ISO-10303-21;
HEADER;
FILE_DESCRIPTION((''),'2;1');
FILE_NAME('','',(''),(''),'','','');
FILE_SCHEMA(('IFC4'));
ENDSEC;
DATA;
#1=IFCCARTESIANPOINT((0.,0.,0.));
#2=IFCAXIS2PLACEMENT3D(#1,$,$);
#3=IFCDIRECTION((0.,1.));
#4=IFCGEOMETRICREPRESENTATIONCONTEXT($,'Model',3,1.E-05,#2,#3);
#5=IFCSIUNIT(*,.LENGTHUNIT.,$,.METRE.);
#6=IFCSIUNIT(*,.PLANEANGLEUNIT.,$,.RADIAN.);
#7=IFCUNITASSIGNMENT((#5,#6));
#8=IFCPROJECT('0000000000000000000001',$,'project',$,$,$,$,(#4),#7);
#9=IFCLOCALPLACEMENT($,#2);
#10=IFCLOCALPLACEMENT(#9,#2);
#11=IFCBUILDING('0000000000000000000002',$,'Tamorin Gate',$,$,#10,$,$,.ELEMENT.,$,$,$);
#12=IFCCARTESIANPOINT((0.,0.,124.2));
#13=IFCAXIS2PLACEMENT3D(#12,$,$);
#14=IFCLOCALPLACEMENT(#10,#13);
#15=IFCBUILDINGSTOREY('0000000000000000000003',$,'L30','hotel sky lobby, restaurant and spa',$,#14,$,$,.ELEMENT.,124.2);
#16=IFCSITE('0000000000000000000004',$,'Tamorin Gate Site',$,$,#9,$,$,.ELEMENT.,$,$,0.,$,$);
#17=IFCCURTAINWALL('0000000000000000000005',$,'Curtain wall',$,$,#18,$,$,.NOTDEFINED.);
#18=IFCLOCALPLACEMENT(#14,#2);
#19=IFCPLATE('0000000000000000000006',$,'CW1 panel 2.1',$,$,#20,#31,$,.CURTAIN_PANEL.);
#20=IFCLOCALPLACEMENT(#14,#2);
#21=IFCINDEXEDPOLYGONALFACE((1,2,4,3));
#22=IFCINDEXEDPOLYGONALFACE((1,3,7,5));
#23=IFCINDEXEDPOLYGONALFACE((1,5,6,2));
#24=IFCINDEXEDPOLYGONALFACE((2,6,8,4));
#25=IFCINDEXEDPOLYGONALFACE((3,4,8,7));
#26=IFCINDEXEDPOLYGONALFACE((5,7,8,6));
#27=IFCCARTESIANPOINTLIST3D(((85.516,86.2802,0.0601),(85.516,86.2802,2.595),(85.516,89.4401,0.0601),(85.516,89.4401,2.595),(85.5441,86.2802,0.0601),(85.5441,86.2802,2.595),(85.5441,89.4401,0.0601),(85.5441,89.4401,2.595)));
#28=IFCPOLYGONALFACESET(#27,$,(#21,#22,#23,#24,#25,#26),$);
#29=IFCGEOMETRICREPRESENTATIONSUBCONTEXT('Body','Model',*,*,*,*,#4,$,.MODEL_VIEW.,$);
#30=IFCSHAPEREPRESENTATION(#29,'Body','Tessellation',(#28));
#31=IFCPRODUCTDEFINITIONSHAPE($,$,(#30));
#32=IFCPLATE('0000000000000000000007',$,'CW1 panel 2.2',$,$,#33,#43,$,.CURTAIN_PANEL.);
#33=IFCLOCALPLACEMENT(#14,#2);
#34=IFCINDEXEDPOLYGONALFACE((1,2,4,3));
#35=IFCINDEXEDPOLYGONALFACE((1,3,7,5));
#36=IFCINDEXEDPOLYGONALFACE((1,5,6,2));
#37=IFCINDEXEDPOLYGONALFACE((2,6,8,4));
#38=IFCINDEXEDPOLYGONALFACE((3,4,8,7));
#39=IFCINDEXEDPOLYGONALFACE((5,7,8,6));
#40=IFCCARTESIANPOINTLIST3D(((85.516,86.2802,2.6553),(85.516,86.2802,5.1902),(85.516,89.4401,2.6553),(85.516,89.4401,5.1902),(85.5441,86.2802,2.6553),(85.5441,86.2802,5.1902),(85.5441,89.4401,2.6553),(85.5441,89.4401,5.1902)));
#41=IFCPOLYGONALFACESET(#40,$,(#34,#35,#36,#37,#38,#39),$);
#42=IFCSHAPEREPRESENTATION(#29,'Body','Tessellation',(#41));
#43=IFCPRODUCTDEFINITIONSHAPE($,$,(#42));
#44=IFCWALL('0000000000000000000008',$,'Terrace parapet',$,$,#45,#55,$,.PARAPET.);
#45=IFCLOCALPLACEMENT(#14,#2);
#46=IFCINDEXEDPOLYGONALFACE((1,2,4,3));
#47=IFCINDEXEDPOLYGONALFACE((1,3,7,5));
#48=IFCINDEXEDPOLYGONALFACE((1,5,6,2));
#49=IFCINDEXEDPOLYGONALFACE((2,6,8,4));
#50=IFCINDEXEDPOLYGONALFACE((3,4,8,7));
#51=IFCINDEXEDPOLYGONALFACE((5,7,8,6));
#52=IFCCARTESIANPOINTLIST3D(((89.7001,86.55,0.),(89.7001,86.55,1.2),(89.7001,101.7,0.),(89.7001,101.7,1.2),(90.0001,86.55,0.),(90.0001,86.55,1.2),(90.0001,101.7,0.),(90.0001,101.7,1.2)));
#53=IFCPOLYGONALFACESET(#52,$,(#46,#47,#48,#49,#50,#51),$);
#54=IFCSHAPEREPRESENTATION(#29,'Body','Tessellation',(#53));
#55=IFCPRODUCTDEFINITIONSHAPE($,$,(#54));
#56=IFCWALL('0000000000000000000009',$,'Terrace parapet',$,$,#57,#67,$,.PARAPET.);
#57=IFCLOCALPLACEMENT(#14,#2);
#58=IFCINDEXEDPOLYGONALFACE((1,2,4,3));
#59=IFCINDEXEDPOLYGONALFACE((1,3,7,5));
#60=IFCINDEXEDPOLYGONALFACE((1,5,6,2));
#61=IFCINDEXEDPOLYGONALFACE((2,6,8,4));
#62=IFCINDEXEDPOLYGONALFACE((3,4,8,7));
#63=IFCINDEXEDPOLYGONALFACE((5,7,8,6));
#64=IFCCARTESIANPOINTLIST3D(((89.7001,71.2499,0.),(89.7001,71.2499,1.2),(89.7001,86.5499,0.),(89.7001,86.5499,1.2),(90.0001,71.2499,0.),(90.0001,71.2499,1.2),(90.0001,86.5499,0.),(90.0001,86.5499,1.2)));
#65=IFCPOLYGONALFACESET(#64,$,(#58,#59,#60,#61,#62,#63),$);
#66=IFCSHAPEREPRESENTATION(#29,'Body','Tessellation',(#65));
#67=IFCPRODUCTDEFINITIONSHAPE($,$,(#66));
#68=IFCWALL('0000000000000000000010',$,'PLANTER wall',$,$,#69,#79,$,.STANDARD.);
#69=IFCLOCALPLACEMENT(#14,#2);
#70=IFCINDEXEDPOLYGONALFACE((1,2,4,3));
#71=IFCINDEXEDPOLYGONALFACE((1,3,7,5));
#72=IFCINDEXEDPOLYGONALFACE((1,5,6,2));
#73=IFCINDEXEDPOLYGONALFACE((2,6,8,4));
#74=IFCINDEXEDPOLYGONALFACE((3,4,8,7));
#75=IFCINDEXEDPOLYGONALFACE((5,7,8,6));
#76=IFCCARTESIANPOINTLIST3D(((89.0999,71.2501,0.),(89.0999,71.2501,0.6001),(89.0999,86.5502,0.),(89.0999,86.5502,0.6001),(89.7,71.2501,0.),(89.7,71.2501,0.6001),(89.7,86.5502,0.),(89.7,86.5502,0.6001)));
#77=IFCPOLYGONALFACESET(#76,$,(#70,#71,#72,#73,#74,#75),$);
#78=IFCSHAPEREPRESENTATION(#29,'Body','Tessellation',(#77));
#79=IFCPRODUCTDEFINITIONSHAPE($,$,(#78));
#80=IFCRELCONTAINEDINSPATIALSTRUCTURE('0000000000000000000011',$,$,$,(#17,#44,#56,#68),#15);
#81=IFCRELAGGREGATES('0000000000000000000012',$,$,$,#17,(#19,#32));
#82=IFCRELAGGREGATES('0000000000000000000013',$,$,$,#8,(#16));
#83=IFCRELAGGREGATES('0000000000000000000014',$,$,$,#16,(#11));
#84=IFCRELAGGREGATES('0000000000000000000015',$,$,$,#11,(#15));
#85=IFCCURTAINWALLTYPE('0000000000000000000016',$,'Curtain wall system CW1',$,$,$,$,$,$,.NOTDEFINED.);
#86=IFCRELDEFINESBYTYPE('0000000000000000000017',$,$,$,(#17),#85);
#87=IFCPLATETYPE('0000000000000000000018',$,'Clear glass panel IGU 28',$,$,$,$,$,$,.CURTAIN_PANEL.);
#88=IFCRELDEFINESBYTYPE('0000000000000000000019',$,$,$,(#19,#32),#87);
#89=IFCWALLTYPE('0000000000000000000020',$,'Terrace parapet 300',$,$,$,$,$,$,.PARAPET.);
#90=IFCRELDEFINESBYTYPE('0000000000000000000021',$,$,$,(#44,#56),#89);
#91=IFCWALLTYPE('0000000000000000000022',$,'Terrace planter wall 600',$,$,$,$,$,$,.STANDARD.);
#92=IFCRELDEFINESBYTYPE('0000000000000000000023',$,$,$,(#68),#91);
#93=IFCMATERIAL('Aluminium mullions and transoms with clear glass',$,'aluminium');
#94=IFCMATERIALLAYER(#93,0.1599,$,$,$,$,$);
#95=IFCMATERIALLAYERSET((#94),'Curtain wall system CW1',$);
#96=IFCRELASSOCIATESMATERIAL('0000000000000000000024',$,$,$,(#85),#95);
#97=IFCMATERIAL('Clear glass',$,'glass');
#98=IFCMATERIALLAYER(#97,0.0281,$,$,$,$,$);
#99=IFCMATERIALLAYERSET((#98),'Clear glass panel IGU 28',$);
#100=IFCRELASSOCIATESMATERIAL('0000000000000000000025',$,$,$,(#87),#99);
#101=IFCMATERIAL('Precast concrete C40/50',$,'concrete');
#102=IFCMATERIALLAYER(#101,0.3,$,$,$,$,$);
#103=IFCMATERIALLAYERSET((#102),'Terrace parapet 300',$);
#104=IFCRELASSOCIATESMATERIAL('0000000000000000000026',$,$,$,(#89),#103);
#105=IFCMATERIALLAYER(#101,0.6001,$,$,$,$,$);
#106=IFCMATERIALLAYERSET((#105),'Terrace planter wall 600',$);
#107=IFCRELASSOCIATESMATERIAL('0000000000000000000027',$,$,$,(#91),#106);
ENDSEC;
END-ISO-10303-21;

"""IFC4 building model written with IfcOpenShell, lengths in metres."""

from ifc_helpers import new_model, si_unit, direction, frame, frame_2d, origin, origin_2d, place, context, subcontext, project, spatial, rectangle, extrude, material, layer, layer_set, type_object, element, aggregate, save


model = new_model("IFC4")

# Units and contexts
model_context = context("Model", 3, precision=1e-05, world=origin(), true_north=direction((0.0, 1.0)))
body_context = subcontext(model_context, "Body", "Model", "MODEL_VIEW")
ifc_project = project(units=[si_unit("LENGTHUNIT", "METRE"), si_unit("PLANEANGLEUNIT", "RADIAN")], contexts=[model_context])

# Site, building, storey
site_placement = place(None, origin())
site = spatial("IfcSite", under=ifc_project, at=site_placement, Name="Tamorin Gate Site", CompositionType="ELEMENT", RefElevation=0.0)
building_placement = place(site_placement, origin())
building = spatial("IfcBuilding", under=site, at=building_placement, Name="Tamorin Gate", CompositionType="ELEMENT")
storey_placement = place(building_placement, frame((0.0, 0.0, 124.2)))
storey = spatial("IfcBuildingStorey", under=building, at=storey_placement, Name="L30", Description="hotel sky lobby, restaurant and spa", CompositionType="ELEMENT", Elevation=124.2)

# Curtain wall
ifc_material_1 = material(Name="Aluminium mullions and transoms with clear glass", Category="aluminium")
ifc_layer_1 = layer(ifc_material_1, 0.1599)
ifc_layer_set_1 = layer_set([ifc_layer_1], Name="Curtain wall system CW1")
curtain_wall_type = type_object("IfcCurtainWallType", Name="Curtain wall system CW1", PredefinedType="NOTDEFINED", material=ifc_layer_set_1)
curtain_wall_1_placement = place(storey_placement, origin())
curtain_wall_1 = element("IfcCurtainWall", 1, at=curtain_wall_1_placement, inside=storey, type_object=curtain_wall_type, Name="Curtain wall", PredefinedType="NOTDEFINED")

# Plates
ifc_material_2 = material(Name="Clear glass", Category="glass")
ifc_layer_2 = layer(ifc_material_2, 0.0281)
ifc_layer_set_2 = layer_set([ifc_layer_2], Name="Clear glass panel IGU 28")
plate_type = type_object("IfcPlateType", Name="Clear glass panel IGU 28", PredefinedType="CURTAIN_PANEL", material=ifc_layer_set_2)
plate_1_placement = place(storey_placement, frame((85.53, 87.8601, 0.0601), z_axis=(0.0, 0.0, 1.0), x_axis=(0.0, 1.0, 0.0)))
plate_1 = element("IfcPlate", 2, at=plate_1_placement, type_object=plate_type, Name="CW1 panel 2.1", PredefinedType="CURTAIN_PANEL", context=body_context, shape_type="SweptSolid", body=[
    extrude(rectangle(XDim=3.1599, YDim=0.0281, at=origin_2d()), origin(), (0.0, 0.0, 1.0), 2.5349),
])
plate_2_placement = place(storey_placement, frame((85.53, 87.8601, 2.6553), z_axis=(0.0, 0.0, 1.0), x_axis=(0.0, 1.0, 0.0)))
plate_2 = element("IfcPlate", 3, at=plate_2_placement, type_object=plate_type, Name="CW1 panel 2.2", PredefinedType="CURTAIN_PANEL", context=body_context, shape_type="SweptSolid", body=[
    extrude(rectangle(XDim=3.1599, YDim=0.0281, at=origin_2d()), origin(), (0.0, 0.0, 1.0), 2.5349),
])
aggregate(curtain_wall_1, [plate_1, plate_2])

# Shared definitions
ifc_material_3 = material(Name="Precast concrete C40/50", Category="concrete")

# Walls
ifc_layer_3 = layer(ifc_material_3, 0.3)
ifc_layer_set_3 = layer_set([ifc_layer_3], Name="Terrace parapet 300")
wall_type_1 = type_object("IfcWallType", Name="Terrace parapet 300", PredefinedType="PARAPET", material=ifc_layer_set_3)
wall_1_placement = place(storey_placement, frame((89.8501, 86.55, 0.0), z_axis=(0.0, 0.0, 1.0), x_axis=(0.0, 1.0, 0.0)))
element("IfcWall", 4, at=wall_1_placement, inside=storey, type_object=wall_type_1, Name="Terrace parapet", PredefinedType="PARAPET", context=body_context, shape_type="SweptSolid", body=[
    extrude(rectangle(XDim=15.1499, YDim=0.3, at=frame_2d((7.575, 0.0))), origin(), (0.0, 0.0, 1.0), 1.2),
])
wall_2_placement = place(storey_placement, frame((89.8501, 71.25, 0.0), z_axis=(0.0, 0.0, 1.0), x_axis=(0.0, 1.0, 0.0)))
element("IfcWall", 5, at=wall_2_placement, inside=storey, type_object=wall_type_1, Name="Terrace parapet", PredefinedType="PARAPET", context=body_context, shape_type="SweptSolid", body=[
    extrude(rectangle(XDim=15.3, YDim=0.3, at=frame_2d((7.6499, 0.0))), origin(), (0.0, 0.0, 1.0), 1.2),
])
ifc_layer_4 = layer(ifc_material_3, 0.6001)
ifc_layer_set_4 = layer_set([ifc_layer_4], Name="Terrace planter wall 600")
wall_type_2 = type_object("IfcWallType", Name="Terrace planter wall 600", PredefinedType="STANDARD", material=ifc_layer_set_4)
wall_3_placement = place(storey_placement, frame((89.3999, 86.55, 0.0), z_axis=(0.0, 0.0, 1.0), x_axis=(0.0, -1.0, 0.0)))
element("IfcWall", 6, at=wall_3_placement, inside=storey, type_object=wall_type_2, Name="PLANTER wall", PredefinedType="STANDARD", context=body_context, shape_type="SweptSolid", body=[
    extrude(rectangle(XDim=15.3, YDim=0.6001, at=frame_2d((7.6499, 0.0))), origin(), (0.0, 0.0, 1.0), 0.6001),
])

save(model, "model.ifc")
